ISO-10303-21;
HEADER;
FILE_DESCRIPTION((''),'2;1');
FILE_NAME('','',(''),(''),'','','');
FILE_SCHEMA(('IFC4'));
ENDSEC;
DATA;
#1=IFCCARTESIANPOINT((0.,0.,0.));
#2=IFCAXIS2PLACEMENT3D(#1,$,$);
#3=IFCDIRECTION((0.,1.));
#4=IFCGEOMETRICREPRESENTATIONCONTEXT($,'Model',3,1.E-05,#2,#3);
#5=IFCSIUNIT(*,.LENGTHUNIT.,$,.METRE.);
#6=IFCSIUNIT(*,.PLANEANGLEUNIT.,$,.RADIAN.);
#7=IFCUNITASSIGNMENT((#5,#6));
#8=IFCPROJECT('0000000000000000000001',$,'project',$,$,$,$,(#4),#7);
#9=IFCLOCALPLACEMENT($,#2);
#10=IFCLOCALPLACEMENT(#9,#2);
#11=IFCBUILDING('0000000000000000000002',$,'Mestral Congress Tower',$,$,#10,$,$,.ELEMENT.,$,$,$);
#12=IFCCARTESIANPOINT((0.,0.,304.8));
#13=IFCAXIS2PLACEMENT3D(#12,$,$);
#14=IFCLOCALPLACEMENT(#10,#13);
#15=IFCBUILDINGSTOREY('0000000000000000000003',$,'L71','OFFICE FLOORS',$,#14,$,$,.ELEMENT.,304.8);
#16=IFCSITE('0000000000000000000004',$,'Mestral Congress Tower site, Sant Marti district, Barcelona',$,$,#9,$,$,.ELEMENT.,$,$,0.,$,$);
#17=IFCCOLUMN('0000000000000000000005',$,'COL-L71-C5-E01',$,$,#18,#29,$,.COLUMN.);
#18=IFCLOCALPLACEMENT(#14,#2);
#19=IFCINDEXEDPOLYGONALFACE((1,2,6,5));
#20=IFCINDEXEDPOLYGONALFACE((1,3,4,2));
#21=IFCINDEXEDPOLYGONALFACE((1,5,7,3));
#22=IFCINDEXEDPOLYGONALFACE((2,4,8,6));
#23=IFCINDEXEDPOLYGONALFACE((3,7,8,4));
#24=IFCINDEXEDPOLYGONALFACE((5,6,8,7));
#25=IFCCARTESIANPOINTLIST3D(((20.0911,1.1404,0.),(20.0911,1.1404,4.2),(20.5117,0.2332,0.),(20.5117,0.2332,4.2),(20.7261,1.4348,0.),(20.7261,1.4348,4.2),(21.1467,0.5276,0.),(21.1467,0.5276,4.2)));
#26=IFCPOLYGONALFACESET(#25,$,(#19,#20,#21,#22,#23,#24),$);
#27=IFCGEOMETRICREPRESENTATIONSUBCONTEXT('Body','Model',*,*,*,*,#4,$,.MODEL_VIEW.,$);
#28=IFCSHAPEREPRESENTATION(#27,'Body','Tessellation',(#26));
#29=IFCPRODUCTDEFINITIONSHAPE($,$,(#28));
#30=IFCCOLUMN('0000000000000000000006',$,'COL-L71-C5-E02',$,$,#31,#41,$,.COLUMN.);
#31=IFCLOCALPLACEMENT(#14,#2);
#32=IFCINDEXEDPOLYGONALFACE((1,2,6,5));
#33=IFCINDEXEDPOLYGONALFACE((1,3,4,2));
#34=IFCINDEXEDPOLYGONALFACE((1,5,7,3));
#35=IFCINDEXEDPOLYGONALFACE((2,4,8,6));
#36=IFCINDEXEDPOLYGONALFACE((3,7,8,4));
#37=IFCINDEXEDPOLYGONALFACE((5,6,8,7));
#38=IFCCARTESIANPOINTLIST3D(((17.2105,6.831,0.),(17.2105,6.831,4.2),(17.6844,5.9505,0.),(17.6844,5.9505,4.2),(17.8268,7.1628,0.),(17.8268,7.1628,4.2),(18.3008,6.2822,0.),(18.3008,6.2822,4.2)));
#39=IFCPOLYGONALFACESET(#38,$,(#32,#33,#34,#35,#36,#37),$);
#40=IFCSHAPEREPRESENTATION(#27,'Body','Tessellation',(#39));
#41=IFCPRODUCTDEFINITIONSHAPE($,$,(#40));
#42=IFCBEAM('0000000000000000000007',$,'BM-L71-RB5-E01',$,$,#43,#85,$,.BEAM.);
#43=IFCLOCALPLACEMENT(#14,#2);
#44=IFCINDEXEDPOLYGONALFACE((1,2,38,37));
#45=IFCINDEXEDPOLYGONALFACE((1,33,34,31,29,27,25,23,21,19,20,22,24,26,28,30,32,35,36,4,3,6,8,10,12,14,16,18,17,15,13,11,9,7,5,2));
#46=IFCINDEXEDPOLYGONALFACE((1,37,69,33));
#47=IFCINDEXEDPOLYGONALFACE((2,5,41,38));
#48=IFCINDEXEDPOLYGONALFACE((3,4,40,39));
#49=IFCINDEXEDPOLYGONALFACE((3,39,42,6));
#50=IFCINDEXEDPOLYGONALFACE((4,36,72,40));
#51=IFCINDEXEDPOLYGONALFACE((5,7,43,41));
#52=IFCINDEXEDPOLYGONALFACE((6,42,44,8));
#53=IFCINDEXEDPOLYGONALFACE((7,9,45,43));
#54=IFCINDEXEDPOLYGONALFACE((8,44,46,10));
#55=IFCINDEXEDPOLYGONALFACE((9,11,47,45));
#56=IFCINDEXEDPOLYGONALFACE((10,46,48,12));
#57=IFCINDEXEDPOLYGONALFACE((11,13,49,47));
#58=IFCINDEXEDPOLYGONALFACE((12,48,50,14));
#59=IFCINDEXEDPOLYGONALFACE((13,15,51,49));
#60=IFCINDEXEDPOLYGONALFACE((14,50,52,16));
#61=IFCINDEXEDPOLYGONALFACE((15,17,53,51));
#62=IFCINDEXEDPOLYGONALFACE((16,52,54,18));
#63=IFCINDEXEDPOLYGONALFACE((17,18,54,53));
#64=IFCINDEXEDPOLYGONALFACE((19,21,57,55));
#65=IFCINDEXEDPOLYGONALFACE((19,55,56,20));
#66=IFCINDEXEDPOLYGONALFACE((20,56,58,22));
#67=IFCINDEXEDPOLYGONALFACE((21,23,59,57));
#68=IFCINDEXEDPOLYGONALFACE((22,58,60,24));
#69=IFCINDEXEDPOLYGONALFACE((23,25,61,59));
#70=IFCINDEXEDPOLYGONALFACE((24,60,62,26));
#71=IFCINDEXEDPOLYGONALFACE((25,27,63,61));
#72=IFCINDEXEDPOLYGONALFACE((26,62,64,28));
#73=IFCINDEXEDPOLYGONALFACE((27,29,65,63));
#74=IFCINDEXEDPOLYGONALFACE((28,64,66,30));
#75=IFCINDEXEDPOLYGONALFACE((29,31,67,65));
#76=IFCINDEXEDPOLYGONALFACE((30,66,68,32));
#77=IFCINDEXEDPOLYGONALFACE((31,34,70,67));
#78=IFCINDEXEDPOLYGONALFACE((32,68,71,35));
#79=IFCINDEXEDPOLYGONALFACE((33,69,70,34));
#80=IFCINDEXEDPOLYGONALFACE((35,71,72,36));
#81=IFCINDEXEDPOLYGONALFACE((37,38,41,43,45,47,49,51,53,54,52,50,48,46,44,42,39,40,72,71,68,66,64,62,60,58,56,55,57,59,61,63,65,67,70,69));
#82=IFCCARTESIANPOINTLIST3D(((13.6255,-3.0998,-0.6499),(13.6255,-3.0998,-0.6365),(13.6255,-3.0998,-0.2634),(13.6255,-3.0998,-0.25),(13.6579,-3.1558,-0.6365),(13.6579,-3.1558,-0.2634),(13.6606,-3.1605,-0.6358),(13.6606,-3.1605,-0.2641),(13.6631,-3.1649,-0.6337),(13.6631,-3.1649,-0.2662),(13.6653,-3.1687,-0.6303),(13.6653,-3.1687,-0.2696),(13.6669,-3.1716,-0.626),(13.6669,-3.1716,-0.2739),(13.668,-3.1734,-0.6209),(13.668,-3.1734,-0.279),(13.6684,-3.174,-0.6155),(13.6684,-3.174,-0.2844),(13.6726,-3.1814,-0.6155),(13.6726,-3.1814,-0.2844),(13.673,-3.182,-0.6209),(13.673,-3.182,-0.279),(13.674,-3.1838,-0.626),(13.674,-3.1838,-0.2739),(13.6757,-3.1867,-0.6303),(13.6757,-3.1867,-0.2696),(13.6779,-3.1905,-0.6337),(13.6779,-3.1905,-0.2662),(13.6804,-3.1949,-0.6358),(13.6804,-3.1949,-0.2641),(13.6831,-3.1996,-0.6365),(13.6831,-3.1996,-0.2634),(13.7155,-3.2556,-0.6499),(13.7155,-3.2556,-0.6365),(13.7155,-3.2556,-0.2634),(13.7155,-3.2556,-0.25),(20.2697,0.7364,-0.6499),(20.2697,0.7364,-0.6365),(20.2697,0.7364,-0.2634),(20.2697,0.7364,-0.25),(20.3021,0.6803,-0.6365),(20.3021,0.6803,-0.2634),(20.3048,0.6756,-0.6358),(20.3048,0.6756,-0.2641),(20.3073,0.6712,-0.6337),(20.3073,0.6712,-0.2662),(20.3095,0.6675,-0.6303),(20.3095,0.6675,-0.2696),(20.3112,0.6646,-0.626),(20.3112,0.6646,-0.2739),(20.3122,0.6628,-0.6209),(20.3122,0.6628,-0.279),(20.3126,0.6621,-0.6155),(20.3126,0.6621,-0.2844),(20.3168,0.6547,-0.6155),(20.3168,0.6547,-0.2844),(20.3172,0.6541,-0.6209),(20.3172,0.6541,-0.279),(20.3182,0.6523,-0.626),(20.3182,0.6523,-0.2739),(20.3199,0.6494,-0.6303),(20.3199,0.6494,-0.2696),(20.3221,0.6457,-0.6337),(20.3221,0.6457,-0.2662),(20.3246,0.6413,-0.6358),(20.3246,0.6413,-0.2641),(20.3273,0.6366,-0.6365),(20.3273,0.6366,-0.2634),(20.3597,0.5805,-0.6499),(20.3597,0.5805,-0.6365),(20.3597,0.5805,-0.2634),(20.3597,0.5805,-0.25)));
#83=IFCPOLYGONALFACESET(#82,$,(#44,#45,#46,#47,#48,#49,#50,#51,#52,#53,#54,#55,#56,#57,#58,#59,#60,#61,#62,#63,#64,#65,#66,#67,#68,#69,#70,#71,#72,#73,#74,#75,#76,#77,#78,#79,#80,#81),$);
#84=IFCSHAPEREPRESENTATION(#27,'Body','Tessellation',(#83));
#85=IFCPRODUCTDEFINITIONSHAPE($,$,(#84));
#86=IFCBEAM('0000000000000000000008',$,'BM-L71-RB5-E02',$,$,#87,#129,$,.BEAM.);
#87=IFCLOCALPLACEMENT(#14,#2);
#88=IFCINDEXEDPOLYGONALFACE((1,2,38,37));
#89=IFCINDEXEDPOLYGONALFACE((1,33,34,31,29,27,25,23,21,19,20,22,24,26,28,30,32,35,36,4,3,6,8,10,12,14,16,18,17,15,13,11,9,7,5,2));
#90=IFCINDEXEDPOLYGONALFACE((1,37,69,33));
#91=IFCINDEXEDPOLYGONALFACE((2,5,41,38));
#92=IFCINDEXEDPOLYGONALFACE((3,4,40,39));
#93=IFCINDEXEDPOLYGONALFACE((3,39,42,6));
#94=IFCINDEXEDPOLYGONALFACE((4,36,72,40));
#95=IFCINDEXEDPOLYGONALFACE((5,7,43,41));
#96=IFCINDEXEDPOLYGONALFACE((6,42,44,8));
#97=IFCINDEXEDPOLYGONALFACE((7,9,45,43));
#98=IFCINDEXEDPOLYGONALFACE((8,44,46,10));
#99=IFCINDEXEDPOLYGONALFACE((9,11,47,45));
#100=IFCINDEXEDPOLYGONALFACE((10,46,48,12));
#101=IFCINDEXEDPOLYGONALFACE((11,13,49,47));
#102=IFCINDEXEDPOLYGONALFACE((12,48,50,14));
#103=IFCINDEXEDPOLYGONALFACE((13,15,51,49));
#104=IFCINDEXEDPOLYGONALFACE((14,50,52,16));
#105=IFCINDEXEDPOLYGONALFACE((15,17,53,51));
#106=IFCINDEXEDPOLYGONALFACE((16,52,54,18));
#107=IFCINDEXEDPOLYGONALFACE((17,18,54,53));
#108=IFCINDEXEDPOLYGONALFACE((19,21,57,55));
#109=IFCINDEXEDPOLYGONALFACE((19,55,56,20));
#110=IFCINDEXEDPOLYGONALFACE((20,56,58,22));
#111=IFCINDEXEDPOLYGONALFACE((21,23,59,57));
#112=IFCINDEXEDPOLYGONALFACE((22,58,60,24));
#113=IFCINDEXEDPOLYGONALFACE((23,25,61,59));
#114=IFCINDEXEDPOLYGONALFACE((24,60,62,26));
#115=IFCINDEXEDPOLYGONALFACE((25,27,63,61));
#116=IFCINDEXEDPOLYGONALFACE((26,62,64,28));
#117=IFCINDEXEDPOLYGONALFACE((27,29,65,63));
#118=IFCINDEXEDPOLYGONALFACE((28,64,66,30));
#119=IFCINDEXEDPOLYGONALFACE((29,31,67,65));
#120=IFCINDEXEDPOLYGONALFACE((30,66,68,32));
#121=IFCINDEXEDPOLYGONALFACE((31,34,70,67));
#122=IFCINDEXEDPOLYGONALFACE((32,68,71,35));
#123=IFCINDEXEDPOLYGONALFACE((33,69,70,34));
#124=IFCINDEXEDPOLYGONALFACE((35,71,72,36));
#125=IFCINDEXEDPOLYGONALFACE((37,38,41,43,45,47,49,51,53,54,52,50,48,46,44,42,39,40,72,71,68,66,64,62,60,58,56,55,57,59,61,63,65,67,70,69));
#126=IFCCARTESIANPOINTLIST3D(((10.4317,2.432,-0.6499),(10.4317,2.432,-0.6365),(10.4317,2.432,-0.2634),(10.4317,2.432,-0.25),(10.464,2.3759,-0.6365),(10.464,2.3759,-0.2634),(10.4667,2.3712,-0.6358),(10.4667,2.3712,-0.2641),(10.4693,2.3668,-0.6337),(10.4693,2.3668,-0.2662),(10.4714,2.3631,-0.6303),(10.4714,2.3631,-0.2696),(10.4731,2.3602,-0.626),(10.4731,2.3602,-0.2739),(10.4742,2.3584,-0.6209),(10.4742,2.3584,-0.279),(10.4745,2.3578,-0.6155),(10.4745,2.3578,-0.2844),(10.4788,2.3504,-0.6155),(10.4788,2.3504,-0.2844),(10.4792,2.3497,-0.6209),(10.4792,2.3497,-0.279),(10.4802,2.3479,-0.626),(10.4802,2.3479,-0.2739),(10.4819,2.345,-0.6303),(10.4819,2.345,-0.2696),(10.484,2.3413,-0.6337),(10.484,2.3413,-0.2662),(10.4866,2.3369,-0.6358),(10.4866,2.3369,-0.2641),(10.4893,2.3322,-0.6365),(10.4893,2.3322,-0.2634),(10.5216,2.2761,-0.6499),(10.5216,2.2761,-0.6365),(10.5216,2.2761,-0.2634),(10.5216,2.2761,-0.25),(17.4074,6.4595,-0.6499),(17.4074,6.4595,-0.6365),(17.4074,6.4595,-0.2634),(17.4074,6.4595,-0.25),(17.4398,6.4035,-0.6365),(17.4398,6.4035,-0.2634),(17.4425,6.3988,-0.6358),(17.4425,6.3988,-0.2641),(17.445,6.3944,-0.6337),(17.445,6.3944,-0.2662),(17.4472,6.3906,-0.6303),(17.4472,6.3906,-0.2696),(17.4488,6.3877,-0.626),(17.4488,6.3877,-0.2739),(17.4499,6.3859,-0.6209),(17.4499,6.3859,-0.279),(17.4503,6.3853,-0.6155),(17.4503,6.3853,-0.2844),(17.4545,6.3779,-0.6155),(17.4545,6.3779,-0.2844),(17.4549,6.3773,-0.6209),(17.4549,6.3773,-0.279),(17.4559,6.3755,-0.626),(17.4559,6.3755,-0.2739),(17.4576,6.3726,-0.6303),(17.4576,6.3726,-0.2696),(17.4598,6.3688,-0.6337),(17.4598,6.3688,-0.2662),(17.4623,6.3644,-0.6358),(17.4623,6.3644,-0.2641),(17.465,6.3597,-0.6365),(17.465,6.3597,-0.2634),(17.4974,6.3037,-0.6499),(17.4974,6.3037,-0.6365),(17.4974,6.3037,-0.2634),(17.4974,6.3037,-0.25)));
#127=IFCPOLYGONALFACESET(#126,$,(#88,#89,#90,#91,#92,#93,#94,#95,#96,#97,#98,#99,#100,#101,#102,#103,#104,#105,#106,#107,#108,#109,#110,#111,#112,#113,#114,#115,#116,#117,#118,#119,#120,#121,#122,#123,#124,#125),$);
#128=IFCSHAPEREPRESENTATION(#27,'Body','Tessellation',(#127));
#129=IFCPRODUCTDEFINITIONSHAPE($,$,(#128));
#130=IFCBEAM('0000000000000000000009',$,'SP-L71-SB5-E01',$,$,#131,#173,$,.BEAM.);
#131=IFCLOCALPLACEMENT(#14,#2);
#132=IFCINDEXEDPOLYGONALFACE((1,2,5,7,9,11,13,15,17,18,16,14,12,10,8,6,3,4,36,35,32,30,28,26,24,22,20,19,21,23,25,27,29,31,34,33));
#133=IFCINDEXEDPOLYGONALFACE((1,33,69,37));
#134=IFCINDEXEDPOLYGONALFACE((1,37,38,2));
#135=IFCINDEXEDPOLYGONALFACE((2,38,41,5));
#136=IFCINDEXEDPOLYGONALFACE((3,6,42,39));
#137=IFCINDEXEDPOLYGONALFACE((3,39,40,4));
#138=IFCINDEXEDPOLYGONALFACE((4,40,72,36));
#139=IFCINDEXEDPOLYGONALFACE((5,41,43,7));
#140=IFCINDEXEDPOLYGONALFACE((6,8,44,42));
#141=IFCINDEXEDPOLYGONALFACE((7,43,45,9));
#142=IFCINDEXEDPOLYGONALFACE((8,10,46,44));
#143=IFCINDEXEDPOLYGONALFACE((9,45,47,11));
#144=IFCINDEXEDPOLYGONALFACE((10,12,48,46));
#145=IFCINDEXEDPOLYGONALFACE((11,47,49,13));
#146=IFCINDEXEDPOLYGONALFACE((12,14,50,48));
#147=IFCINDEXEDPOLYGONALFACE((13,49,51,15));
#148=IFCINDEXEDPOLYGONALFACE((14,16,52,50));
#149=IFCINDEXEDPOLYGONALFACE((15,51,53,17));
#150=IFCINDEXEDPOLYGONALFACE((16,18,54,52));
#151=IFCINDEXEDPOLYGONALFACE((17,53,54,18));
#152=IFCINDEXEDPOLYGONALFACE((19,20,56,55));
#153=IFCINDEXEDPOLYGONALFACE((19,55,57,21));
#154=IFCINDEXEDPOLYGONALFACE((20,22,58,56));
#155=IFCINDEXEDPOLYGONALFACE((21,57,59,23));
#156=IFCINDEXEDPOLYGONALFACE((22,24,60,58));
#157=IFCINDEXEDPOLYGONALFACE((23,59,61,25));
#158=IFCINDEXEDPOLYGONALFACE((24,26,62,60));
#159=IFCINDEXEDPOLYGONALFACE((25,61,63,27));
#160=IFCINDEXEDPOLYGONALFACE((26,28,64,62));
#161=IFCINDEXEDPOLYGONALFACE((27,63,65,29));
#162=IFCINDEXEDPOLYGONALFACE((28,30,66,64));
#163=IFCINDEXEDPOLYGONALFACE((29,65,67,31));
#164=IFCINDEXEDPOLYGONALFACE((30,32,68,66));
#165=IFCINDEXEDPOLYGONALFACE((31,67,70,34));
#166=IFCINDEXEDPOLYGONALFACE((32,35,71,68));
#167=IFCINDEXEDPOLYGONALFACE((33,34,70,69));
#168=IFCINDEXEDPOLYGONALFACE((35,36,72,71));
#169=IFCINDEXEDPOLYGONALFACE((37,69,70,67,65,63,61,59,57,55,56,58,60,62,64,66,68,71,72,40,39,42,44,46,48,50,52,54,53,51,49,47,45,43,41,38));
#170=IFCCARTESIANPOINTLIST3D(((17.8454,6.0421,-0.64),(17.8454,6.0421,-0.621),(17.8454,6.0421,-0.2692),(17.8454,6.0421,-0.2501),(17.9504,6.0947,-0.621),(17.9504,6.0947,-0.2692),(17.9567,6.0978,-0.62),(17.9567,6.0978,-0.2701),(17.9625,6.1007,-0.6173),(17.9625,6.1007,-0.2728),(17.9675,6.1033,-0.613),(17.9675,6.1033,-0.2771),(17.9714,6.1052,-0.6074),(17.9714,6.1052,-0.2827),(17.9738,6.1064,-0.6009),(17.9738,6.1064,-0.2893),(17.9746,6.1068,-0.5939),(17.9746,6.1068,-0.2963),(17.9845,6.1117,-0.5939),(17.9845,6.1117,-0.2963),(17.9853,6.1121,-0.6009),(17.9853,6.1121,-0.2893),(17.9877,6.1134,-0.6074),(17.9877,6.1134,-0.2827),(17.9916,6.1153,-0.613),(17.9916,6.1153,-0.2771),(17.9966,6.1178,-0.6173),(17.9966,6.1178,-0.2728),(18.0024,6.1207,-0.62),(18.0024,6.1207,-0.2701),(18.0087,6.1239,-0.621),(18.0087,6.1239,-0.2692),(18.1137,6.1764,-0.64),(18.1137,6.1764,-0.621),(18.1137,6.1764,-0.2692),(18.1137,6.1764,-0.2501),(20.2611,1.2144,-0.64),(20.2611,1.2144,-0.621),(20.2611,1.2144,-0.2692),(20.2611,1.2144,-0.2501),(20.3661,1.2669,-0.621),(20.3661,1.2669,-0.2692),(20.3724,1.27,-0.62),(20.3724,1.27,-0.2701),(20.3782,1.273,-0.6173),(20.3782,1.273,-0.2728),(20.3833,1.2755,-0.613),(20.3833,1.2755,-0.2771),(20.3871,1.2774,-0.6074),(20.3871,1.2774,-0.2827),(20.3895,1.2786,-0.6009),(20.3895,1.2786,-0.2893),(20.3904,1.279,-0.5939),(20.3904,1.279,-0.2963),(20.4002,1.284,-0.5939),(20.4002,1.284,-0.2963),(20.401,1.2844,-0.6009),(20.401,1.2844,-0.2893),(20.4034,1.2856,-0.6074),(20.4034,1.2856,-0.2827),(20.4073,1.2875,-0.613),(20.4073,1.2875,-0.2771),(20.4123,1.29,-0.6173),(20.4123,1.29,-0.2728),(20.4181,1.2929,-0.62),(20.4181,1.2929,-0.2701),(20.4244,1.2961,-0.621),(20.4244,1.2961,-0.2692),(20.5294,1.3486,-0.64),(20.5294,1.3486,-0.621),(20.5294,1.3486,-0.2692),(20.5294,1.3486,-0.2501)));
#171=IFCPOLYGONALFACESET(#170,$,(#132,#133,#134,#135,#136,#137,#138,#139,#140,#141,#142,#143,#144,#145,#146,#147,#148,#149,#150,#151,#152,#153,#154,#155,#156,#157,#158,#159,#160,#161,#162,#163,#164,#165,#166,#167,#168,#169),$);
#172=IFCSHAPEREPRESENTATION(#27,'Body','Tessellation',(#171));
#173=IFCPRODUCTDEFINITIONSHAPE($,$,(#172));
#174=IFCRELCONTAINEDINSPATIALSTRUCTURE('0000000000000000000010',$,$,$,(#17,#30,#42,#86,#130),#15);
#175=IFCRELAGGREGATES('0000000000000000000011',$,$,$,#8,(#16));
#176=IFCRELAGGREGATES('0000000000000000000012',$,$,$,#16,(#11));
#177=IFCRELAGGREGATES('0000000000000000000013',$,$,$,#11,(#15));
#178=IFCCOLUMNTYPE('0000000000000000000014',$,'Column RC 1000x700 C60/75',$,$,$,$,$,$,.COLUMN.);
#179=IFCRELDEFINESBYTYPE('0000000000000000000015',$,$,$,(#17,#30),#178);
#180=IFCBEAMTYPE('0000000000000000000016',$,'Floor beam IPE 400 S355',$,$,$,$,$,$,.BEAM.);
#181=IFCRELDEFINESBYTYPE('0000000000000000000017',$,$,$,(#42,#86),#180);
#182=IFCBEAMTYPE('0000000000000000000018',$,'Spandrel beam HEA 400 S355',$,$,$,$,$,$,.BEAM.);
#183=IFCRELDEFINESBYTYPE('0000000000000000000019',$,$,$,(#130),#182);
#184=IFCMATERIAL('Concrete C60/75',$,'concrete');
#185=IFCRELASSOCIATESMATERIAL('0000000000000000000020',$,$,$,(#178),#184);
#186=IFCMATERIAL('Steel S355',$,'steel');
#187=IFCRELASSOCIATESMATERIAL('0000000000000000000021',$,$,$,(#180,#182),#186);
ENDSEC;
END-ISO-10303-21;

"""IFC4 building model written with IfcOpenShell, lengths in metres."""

from ifc_helpers import new_model, si_unit, direction, frame, origin, origin_2d, place, context, subcontext, project, spatial, rectangle, i_section, extrude, material, material_profile, profile_set, type_object, element, save


model = new_model("IFC4")

# Units and contexts
model_context = context("Model", 3, precision=1e-05, world=origin(), true_north=direction((0.0, 1.0)))
body_context = subcontext(model_context, "Body", "Model", "MODEL_VIEW")
ifc_project = project(units=[si_unit("LENGTHUNIT", "METRE"), si_unit("PLANEANGLEUNIT", "RADIAN")], contexts=[model_context])

# Site, building, storey
site_placement = place(None, origin())
site = spatial("IfcSite", under=ifc_project, at=site_placement, Name="Mestral Congress Tower site, Sant Marti district, Barcelona", CompositionType="ELEMENT", RefElevation=0.0)
building_placement = place(site_placement, origin())
building = spatial("IfcBuilding", under=site, at=building_placement, Name="Mestral Congress Tower", CompositionType="ELEMENT")
storey_placement = place(building_placement, frame((0.0, 0.0, 304.8)))
storey = spatial("IfcBuildingStorey", under=building, at=storey_placement, Name="L71", Description="OFFICE FLOORS", CompositionType="ELEMENT", Elevation=304.8)

# Columns
ifc_material_1 = material(Name="Concrete C60/75", Category="concrete")
ifc_material_profile_1 = material_profile(ifc_material_1, rectangle(XDim=1.0, YDim=0.7, at=origin_2d()), Name="RC 1000x700")
ifc_profile_set_1 = profile_set([ifc_material_profile_1], Name="Concrete C60/75")
column_type = type_object("IfcColumnType", Name="Column RC 1000x700 C60/75", PredefinedType="COLUMN", material=ifc_profile_set_1)
for number, where, z_axis, x_axis, name in (
    (1, (20.6189, 0.834, 0.0), (0.0, 0.0, 1.0), (-0.420596, 0.907248, 0.0), "COL-L71-C5-E01"),
    (2, (17.7556, 6.5566, 0.0), (0.0, 0.0, 1.0), (-0.473945, 0.880554, 0.0), "COL-L71-C5-E02"),
):
    element("IfcColumn", number, at=place(storey_placement, frame(where, z_axis=z_axis, x_axis=x_axis)), inside=storey, type_object=column_type, Name=name, PredefinedType="COLUMN", context=body_context, shape_type="SweptSolid", body=[
        extrude(rectangle(XDim=1.0, YDim=0.7, at=origin_2d()), origin(), (0.0, 0.0, 1.0), 4.2),
    ])

# Beams
ifc_material_2 = material(Name="Steel S355", Category="steel")
ifc_material_profile_2 = material_profile(ifc_material_2, i_section(OverallWidth=0.1799, OverallDepth=0.3999, WebThickness=0.0085, FlangeThickness=0.0134, FilletRadius=0.021, at=origin_2d()), Name="IPE 400")
ifc_profile_set_2 = profile_set([ifc_material_profile_2], Name="Steel S355")
beam_type_1 = type_object("IfcBeamType", Name="Floor beam IPE 400 S355", PredefinedType="BEAM", material=ifc_profile_set_2)
beam_1_placement = place(storey_placement, frame((20.3147, 0.6584, -0.45), z_axis=(-0.86602, -0.50001, 0.0), x_axis=(0.50001, -0.86602, 0.0)))
element("IfcBeam", 3, at=beam_1_placement, inside=storey, type_object=beam_type_1, Name="BM-L71-RB5-E01", PredefinedType="BEAM", context=body_context, shape_type="SweptSolid", body=[
    extrude(i_section(OverallWidth=0.1799, OverallDepth=0.3999, WebThickness=0.0085, FlangeThickness=0.0134, FilletRadius=0.021, at=origin_2d()), origin(), (0.0, 0.0, 1.0), 7.6721),
])
beam_2_placement = place(storey_placement, frame((17.4524, 6.3816, -0.45), z_axis=(-0.866021, -0.500008, 0.0), x_axis=(0.500008, -0.866021, 0.0)))
element("IfcBeam", 4, at=beam_2_placement, inside=storey, type_object=beam_type_1, Name="BM-L71-RB5-E02", PredefinedType="BEAM", context=body_context, shape_type="SweptSolid", body=[
    extrude(i_section(OverallWidth=0.1799, OverallDepth=0.3999, WebThickness=0.0085, FlangeThickness=0.0134, FilletRadius=0.021, at=origin_2d()), origin(), (0.0, 0.0, 1.0), 8.0549),
])
ifc_material_profile_3 = material_profile(ifc_material_2, i_section(OverallWidth=0.3, OverallDepth=0.3899, WebThickness=0.011, FlangeThickness=0.019, FilletRadius=0.0271, at=origin_2d()), Name="HEA 400")
ifc_profile_set_3 = profile_set([ifc_material_profile_3], Name="Steel S355")
beam_type_2 = type_object("IfcBeamType", Name="Spandrel beam HEA 400 S355", PredefinedType="BEAM", material=ifc_profile_set_3)
beam_3_placement = place(storey_placement, frame((20.3953, 1.2815, -0.4451), z_axis=(-0.447485, 0.894291, 0.0), x_axis=(-0.894291, -0.447485, 0.0)))
element("IfcBeam", 5, at=beam_3_placement, inside=storey, type_object=beam_type_2, Name="SP-L71-SB5-E01", PredefinedType="BEAM", context=body_context, shape_type="SweptSolid", body=[
    extrude(i_section(OverallWidth=0.3, OverallDepth=0.3899, WebThickness=0.011, FlangeThickness=0.019, FilletRadius=0.0271, at=origin_2d()), origin(), (0.0, 0.0, 1.0), 5.3984),
])

save(model, "model.ifc")
